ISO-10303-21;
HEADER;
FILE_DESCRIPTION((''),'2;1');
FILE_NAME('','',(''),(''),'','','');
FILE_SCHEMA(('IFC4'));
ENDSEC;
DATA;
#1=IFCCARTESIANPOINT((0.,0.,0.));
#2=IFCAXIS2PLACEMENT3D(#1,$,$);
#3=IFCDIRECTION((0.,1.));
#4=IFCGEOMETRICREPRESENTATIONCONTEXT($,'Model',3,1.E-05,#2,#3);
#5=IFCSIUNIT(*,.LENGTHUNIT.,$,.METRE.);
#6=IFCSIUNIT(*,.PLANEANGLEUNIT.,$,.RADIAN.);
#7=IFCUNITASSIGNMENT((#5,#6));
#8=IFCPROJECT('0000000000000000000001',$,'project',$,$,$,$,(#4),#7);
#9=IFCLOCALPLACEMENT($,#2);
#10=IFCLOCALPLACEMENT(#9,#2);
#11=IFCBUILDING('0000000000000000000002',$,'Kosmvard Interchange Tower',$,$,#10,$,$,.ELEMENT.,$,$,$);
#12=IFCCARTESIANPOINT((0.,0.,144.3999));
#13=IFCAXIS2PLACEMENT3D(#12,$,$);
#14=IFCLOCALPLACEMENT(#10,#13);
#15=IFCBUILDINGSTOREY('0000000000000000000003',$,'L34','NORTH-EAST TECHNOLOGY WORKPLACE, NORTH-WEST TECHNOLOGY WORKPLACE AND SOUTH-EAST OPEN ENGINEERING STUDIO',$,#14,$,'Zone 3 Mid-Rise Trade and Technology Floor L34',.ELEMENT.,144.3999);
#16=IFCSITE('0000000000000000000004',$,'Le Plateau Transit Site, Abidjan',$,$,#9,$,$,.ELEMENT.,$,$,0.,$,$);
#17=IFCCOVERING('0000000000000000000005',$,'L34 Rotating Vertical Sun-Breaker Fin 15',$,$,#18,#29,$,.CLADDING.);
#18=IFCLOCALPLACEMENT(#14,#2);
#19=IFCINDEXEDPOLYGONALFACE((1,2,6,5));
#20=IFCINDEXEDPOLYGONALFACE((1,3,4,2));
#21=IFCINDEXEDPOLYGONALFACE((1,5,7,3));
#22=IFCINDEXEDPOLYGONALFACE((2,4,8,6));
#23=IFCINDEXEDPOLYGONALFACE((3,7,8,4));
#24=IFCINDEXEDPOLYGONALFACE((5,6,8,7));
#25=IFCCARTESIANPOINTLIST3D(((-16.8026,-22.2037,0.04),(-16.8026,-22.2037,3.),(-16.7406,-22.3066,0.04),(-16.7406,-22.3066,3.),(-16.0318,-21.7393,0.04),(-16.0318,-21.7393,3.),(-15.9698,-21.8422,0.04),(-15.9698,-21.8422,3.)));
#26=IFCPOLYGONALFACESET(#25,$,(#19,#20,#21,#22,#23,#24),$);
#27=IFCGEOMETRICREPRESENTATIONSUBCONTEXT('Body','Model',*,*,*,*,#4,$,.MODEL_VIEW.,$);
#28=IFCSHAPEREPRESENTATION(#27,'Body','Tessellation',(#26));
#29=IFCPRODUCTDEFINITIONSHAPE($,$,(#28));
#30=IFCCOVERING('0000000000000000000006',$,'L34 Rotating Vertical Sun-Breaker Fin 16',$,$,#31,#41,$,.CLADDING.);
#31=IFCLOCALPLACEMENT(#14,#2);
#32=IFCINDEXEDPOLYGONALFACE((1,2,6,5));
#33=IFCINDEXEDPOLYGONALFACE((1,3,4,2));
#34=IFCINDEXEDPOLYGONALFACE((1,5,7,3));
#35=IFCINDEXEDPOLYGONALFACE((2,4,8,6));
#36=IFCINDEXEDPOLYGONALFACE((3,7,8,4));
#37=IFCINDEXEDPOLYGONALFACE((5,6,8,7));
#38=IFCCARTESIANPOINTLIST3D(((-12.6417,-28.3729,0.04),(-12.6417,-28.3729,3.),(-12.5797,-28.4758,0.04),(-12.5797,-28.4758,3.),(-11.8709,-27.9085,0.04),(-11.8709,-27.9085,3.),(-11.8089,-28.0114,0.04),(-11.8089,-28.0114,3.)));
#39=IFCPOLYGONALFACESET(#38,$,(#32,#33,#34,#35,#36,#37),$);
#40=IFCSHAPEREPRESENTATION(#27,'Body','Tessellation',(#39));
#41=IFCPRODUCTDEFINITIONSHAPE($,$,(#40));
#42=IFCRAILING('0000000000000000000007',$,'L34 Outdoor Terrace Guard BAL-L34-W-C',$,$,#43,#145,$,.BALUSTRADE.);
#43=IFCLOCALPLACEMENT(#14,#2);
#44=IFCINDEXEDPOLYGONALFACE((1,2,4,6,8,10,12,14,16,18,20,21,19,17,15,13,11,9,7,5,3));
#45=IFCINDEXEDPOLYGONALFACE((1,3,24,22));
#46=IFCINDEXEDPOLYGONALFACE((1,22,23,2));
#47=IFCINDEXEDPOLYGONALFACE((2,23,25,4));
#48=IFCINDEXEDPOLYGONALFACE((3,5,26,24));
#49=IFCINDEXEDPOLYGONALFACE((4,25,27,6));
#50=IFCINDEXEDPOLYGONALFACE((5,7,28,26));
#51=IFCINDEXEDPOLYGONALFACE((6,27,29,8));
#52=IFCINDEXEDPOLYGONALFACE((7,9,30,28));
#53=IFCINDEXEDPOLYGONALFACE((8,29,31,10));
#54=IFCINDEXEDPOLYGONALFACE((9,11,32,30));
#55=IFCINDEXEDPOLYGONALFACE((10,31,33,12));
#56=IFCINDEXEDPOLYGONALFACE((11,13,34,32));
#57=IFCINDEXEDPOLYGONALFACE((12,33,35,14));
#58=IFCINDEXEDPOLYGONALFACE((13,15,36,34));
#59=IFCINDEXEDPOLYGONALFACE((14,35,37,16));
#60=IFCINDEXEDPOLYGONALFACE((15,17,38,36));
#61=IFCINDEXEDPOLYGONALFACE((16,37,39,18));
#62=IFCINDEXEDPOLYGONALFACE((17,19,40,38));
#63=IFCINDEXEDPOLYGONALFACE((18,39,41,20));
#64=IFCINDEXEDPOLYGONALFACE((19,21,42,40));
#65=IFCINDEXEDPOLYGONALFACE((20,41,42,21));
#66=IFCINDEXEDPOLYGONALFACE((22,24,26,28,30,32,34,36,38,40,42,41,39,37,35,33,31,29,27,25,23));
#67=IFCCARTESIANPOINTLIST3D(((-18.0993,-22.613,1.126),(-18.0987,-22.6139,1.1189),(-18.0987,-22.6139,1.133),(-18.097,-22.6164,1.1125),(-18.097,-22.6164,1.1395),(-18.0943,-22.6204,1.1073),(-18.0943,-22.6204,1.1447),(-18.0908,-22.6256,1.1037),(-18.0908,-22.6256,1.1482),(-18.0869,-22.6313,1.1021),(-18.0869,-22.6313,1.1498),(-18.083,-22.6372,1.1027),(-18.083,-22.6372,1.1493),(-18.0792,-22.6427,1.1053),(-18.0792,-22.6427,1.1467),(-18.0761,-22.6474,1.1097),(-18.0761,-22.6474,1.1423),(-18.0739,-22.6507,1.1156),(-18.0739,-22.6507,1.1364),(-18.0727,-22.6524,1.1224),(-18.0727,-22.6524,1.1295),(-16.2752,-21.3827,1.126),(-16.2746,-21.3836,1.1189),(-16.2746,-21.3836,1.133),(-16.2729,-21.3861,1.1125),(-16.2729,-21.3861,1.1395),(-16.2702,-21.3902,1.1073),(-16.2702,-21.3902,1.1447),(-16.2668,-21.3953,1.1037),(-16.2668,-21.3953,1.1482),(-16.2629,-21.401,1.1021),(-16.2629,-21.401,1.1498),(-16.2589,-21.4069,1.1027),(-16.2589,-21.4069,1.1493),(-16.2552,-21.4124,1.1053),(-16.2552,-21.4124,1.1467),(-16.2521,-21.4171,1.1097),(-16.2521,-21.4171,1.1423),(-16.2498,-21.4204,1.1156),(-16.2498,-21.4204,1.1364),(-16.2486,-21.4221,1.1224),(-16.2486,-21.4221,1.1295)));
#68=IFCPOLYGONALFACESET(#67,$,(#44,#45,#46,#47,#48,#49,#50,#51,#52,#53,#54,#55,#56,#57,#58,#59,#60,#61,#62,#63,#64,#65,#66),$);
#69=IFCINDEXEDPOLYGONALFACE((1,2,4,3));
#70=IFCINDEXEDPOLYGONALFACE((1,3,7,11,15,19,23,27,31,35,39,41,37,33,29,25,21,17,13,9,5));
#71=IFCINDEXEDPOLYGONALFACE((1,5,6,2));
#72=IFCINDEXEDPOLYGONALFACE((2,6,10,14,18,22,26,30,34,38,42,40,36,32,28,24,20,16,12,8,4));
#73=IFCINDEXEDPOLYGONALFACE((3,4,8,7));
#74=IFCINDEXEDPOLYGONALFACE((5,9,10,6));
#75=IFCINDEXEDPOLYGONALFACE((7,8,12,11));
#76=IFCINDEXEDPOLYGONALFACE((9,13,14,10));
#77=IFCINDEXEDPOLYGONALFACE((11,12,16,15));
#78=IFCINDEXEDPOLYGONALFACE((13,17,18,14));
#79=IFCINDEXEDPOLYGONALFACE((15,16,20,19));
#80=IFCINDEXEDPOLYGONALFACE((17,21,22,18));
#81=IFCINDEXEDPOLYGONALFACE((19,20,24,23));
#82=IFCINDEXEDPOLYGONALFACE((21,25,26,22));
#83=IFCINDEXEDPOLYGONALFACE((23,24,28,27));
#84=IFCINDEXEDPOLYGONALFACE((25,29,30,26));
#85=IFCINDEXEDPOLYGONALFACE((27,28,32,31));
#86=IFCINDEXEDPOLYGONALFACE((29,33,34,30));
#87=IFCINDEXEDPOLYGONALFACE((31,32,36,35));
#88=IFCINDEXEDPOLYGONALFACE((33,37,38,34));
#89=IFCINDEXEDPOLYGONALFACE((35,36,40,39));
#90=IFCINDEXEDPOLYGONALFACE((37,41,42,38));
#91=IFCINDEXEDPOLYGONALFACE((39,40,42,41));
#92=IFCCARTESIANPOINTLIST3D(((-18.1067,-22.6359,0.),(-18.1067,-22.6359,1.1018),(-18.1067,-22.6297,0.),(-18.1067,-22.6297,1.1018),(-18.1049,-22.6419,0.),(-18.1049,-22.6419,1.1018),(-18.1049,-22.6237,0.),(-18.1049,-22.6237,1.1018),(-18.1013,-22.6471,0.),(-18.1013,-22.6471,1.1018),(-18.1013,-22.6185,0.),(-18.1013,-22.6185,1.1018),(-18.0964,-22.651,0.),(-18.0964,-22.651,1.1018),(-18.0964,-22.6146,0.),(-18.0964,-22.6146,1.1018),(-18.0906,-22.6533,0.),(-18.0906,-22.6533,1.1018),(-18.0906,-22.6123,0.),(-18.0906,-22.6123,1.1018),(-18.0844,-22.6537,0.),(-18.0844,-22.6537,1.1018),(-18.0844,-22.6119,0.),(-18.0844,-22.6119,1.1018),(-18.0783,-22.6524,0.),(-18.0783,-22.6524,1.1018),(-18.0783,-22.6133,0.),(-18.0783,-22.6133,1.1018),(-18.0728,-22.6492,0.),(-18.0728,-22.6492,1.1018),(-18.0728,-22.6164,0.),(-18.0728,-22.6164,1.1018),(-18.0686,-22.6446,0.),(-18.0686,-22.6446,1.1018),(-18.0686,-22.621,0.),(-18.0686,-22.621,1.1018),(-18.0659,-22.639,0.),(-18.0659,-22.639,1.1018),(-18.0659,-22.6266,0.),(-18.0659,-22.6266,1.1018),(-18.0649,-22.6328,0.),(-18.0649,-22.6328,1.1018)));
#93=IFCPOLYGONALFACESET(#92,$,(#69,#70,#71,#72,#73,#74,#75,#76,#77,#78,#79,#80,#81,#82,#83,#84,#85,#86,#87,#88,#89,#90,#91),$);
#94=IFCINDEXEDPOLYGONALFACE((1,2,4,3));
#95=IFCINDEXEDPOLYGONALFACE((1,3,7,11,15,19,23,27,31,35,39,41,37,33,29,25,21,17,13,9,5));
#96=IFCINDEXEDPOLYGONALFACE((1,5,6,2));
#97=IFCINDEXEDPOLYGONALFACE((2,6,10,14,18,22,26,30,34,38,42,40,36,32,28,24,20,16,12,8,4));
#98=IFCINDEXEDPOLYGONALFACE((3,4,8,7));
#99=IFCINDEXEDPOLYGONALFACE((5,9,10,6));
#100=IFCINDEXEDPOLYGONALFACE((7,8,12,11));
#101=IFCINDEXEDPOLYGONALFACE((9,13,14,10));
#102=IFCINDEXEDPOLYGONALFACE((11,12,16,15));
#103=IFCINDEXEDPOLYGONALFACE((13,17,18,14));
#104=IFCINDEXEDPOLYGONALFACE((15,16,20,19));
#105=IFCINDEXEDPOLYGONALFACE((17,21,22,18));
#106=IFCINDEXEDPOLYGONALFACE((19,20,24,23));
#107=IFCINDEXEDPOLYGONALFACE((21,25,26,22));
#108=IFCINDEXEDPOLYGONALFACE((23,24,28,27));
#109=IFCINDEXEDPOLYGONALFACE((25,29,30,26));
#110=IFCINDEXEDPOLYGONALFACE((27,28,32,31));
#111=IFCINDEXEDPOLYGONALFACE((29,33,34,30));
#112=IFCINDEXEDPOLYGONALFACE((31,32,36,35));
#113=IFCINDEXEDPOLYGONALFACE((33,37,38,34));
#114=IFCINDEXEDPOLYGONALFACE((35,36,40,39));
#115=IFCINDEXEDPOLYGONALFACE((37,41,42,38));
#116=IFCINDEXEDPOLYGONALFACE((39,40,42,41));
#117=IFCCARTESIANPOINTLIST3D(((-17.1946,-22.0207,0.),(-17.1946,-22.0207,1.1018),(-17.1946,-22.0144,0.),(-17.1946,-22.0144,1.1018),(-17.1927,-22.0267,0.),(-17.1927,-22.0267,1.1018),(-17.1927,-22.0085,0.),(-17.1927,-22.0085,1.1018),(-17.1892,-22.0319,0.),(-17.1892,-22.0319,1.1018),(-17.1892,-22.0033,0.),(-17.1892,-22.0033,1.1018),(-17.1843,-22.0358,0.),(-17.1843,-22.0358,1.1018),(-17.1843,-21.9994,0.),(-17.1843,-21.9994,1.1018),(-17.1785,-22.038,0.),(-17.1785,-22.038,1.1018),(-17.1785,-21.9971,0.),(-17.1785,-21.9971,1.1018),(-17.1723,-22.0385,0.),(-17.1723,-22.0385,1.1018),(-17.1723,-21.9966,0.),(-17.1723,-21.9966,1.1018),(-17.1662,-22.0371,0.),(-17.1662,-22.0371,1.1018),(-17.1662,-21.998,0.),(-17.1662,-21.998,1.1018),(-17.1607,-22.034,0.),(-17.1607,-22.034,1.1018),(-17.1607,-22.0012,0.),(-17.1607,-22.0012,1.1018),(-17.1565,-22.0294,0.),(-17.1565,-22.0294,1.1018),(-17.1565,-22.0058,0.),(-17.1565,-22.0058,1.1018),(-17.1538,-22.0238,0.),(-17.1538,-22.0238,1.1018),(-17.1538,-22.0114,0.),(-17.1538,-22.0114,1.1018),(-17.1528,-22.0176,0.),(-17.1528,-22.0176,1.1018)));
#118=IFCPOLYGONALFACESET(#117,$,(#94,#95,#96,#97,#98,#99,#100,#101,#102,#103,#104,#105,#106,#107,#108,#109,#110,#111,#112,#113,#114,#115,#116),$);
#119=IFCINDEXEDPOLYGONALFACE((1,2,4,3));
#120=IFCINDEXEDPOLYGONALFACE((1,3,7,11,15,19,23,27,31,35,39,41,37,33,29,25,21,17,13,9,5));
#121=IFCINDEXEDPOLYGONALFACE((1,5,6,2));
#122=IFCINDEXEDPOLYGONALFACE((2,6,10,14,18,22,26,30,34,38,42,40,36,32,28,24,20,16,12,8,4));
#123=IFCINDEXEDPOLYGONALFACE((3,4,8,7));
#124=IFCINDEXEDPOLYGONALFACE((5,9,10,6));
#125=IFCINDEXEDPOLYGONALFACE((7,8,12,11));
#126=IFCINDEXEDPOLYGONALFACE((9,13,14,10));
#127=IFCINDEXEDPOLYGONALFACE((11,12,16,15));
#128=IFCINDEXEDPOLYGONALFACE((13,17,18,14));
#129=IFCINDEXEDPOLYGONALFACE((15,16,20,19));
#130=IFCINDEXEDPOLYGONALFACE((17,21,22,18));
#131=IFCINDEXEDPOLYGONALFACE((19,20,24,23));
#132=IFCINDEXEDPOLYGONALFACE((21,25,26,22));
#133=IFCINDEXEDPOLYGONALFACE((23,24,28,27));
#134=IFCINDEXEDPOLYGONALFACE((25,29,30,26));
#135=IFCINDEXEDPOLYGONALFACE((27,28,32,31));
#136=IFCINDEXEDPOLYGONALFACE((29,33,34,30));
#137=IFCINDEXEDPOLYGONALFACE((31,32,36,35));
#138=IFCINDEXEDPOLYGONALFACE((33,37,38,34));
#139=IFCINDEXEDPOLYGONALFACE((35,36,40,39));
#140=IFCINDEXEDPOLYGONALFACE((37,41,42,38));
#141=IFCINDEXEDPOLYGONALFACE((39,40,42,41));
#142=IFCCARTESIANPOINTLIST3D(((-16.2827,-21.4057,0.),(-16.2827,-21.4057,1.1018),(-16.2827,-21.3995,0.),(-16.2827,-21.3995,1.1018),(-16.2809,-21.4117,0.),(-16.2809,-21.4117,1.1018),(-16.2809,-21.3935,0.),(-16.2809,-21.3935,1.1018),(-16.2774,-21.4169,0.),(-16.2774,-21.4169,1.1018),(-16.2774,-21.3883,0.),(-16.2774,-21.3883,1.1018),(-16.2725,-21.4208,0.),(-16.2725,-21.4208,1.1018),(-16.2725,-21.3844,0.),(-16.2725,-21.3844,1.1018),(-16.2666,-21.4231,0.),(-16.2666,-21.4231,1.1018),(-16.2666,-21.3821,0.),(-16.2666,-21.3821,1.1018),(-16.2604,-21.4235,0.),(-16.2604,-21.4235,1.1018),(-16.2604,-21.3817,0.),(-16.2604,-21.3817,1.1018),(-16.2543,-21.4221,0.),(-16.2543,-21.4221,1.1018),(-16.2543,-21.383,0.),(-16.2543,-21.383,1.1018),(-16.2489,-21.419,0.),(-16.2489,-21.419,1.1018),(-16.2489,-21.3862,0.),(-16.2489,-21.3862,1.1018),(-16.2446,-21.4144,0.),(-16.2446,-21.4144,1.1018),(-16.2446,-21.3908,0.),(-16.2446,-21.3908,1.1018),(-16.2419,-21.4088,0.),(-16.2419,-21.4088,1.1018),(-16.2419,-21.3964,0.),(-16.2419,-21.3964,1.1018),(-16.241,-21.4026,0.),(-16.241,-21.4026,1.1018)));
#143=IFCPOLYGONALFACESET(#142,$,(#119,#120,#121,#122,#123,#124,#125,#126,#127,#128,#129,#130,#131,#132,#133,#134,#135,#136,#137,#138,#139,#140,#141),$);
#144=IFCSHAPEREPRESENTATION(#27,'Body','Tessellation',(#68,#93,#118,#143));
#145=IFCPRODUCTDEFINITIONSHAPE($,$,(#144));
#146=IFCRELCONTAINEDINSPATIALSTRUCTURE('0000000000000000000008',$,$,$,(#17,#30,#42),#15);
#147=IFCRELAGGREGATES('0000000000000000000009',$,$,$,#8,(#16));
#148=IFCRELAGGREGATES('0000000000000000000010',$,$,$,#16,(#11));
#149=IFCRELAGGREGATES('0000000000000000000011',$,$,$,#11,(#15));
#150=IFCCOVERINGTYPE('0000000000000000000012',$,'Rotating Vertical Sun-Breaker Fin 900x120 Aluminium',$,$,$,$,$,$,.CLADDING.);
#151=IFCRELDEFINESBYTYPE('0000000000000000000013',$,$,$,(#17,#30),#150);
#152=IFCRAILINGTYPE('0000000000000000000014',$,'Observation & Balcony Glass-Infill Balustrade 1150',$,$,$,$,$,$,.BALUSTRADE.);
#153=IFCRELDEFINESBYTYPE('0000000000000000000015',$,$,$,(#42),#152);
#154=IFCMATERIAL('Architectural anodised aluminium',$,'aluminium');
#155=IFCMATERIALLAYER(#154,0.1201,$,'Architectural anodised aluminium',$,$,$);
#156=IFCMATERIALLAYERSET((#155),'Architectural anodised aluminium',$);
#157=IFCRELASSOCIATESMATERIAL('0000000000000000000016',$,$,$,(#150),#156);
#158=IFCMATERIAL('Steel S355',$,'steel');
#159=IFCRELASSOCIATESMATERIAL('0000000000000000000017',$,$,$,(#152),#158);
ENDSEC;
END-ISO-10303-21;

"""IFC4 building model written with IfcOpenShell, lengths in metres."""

from ifc_helpers import new_model, si_unit, direction, frame, origin, origin_2d, place, context, subcontext, project, spatial, rectangle, circle, extrude, source, transform, mapped, material, layer, layer_set, type_object, element, save


model = new_model("IFC4")

# Units and contexts
model_context = context("Model", 3, precision=1e-05, world=origin(), true_north=direction((0.0, 1.0)))
body_context = subcontext(model_context, "Body", "Model", "MODEL_VIEW")
ifc_project = project(units=[si_unit("LENGTHUNIT", "METRE"), si_unit("PLANEANGLEUNIT", "RADIAN")], contexts=[model_context])

# Site, building, storey
site_placement = place(None, origin())
site = spatial("IfcSite", under=ifc_project, at=site_placement, Name="Le Plateau Transit Site, Abidjan", CompositionType="ELEMENT", RefElevation=0.0)
building_placement = place(site_placement, origin())
building = spatial("IfcBuilding", under=site, at=building_placement, Name="Kosmvard Interchange Tower", CompositionType="ELEMENT")
storey_placement = place(building_placement, frame((0.0, 0.0, 144.3999)))
storey = spatial("IfcBuildingStorey", under=building, at=storey_placement, Name="L34", Description="NORTH-EAST TECHNOLOGY WORKPLACE, NORTH-WEST TECHNOLOGY WORKPLACE AND SOUTH-EAST OPEN ENGINEERING STUDIO", LongName="Zone 3 Mid-Rise Trade and Technology Floor L34", CompositionType="ELEMENT", Elevation=144.3999)

# Shared definitions
ifc_material_1 = material(Name="Steel S355", Category="steel")

# Coverings
ifc_material_2 = material(Name="Architectural anodised aluminium", Category="aluminium")
ifc_layer_1 = layer(ifc_material_2, 0.1201, Name="Architectural anodised aluminium")
ifc_layer_set_1 = layer_set([ifc_layer_1], Name="Architectural anodised aluminium")
covering_type = type_object("IfcCoveringType", Name="Rotating Vertical Sun-Breaker Fin 900x120 Aluminium", PredefinedType="CLADDING", material=ifc_layer_set_1)
shared_shape_1 = source(origin(), body_context, "Body", "SweptSolid", [
    extrude(rectangle(XDim=0.8999, YDim=0.1201, at=origin_2d()), origin(), (0.0, 0.0, 1.0), 2.96),
])
for number, where, z_axis, x_axis, name in (
    (1, (-16.3862, -22.0229, 0.04), (0.0, 0.0, 1.0), (-0.856537, -0.516085, 0.0), "L34 Rotating Vertical Sun-Breaker Fin 15"),
    (2, (-12.2253, -28.1921, 0.04), (0.0, 0.0, 1.0), (-0.856537, -0.516085, 0.0), "L34 Rotating Vertical Sun-Breaker Fin 16"),
):
    element("IfcCovering", number, at=place(storey_placement, frame(where, z_axis=z_axis, x_axis=x_axis)), inside=storey, type_object=covering_type, Name=name, PredefinedType="CLADDING", context=body_context, shape_type="MappedRepresentation", body=[
        mapped(shared_shape_1, transform((0.0, 0.0, 0.0), scale=1.0)),
    ])

# Railing
railing_type = type_object("IfcRailingType", Name="Observation & Balcony Glass-Infill Balustrade 1150", PredefinedType="BALUSTRADE", material=ifc_material_1)
shared_shape_2 = source(origin(), body_context, "Body", "SweptSolid", [
    extrude(circle(Radius=0.0239, at=origin_2d()), frame((0.0, 0.0, 1.126), z_axis=(0.829051, 0.559174, 0.0), x_axis=(-0.559174, 0.829051, 0.0)), (0.0, 0.0, 1.0), 2.2002),
    extrude(circle(Radius=0.021, at=origin_2d()), origin(), (0.0, 0.0, 1.0), 1.1018),
    extrude(circle(Radius=0.021, at=origin_2d()), frame((0.9121, 0.6152, 0.0)), (0.0, 0.0, 1.0), 1.1018),
    extrude(circle(Radius=0.021, at=origin_2d()), frame((1.824, 1.2302, 0.0)), (0.0, 0.0, 1.0), 1.1018),
])
railing_1_placement = place(storey_placement, frame((-18.0859, -22.6328, 0.0)))
element("IfcRailing", 3, at=railing_1_placement, inside=storey, type_object=railing_type, Name="L34 Outdoor Terrace Guard BAL-L34-W-C", PredefinedType="BALUSTRADE", context=body_context, shape_type="MappedRepresentation", body=[
    mapped(shared_shape_2, transform((0.0, 0.0, 0.0), scale=1.0)),
])

save(model, "model.ifc")
